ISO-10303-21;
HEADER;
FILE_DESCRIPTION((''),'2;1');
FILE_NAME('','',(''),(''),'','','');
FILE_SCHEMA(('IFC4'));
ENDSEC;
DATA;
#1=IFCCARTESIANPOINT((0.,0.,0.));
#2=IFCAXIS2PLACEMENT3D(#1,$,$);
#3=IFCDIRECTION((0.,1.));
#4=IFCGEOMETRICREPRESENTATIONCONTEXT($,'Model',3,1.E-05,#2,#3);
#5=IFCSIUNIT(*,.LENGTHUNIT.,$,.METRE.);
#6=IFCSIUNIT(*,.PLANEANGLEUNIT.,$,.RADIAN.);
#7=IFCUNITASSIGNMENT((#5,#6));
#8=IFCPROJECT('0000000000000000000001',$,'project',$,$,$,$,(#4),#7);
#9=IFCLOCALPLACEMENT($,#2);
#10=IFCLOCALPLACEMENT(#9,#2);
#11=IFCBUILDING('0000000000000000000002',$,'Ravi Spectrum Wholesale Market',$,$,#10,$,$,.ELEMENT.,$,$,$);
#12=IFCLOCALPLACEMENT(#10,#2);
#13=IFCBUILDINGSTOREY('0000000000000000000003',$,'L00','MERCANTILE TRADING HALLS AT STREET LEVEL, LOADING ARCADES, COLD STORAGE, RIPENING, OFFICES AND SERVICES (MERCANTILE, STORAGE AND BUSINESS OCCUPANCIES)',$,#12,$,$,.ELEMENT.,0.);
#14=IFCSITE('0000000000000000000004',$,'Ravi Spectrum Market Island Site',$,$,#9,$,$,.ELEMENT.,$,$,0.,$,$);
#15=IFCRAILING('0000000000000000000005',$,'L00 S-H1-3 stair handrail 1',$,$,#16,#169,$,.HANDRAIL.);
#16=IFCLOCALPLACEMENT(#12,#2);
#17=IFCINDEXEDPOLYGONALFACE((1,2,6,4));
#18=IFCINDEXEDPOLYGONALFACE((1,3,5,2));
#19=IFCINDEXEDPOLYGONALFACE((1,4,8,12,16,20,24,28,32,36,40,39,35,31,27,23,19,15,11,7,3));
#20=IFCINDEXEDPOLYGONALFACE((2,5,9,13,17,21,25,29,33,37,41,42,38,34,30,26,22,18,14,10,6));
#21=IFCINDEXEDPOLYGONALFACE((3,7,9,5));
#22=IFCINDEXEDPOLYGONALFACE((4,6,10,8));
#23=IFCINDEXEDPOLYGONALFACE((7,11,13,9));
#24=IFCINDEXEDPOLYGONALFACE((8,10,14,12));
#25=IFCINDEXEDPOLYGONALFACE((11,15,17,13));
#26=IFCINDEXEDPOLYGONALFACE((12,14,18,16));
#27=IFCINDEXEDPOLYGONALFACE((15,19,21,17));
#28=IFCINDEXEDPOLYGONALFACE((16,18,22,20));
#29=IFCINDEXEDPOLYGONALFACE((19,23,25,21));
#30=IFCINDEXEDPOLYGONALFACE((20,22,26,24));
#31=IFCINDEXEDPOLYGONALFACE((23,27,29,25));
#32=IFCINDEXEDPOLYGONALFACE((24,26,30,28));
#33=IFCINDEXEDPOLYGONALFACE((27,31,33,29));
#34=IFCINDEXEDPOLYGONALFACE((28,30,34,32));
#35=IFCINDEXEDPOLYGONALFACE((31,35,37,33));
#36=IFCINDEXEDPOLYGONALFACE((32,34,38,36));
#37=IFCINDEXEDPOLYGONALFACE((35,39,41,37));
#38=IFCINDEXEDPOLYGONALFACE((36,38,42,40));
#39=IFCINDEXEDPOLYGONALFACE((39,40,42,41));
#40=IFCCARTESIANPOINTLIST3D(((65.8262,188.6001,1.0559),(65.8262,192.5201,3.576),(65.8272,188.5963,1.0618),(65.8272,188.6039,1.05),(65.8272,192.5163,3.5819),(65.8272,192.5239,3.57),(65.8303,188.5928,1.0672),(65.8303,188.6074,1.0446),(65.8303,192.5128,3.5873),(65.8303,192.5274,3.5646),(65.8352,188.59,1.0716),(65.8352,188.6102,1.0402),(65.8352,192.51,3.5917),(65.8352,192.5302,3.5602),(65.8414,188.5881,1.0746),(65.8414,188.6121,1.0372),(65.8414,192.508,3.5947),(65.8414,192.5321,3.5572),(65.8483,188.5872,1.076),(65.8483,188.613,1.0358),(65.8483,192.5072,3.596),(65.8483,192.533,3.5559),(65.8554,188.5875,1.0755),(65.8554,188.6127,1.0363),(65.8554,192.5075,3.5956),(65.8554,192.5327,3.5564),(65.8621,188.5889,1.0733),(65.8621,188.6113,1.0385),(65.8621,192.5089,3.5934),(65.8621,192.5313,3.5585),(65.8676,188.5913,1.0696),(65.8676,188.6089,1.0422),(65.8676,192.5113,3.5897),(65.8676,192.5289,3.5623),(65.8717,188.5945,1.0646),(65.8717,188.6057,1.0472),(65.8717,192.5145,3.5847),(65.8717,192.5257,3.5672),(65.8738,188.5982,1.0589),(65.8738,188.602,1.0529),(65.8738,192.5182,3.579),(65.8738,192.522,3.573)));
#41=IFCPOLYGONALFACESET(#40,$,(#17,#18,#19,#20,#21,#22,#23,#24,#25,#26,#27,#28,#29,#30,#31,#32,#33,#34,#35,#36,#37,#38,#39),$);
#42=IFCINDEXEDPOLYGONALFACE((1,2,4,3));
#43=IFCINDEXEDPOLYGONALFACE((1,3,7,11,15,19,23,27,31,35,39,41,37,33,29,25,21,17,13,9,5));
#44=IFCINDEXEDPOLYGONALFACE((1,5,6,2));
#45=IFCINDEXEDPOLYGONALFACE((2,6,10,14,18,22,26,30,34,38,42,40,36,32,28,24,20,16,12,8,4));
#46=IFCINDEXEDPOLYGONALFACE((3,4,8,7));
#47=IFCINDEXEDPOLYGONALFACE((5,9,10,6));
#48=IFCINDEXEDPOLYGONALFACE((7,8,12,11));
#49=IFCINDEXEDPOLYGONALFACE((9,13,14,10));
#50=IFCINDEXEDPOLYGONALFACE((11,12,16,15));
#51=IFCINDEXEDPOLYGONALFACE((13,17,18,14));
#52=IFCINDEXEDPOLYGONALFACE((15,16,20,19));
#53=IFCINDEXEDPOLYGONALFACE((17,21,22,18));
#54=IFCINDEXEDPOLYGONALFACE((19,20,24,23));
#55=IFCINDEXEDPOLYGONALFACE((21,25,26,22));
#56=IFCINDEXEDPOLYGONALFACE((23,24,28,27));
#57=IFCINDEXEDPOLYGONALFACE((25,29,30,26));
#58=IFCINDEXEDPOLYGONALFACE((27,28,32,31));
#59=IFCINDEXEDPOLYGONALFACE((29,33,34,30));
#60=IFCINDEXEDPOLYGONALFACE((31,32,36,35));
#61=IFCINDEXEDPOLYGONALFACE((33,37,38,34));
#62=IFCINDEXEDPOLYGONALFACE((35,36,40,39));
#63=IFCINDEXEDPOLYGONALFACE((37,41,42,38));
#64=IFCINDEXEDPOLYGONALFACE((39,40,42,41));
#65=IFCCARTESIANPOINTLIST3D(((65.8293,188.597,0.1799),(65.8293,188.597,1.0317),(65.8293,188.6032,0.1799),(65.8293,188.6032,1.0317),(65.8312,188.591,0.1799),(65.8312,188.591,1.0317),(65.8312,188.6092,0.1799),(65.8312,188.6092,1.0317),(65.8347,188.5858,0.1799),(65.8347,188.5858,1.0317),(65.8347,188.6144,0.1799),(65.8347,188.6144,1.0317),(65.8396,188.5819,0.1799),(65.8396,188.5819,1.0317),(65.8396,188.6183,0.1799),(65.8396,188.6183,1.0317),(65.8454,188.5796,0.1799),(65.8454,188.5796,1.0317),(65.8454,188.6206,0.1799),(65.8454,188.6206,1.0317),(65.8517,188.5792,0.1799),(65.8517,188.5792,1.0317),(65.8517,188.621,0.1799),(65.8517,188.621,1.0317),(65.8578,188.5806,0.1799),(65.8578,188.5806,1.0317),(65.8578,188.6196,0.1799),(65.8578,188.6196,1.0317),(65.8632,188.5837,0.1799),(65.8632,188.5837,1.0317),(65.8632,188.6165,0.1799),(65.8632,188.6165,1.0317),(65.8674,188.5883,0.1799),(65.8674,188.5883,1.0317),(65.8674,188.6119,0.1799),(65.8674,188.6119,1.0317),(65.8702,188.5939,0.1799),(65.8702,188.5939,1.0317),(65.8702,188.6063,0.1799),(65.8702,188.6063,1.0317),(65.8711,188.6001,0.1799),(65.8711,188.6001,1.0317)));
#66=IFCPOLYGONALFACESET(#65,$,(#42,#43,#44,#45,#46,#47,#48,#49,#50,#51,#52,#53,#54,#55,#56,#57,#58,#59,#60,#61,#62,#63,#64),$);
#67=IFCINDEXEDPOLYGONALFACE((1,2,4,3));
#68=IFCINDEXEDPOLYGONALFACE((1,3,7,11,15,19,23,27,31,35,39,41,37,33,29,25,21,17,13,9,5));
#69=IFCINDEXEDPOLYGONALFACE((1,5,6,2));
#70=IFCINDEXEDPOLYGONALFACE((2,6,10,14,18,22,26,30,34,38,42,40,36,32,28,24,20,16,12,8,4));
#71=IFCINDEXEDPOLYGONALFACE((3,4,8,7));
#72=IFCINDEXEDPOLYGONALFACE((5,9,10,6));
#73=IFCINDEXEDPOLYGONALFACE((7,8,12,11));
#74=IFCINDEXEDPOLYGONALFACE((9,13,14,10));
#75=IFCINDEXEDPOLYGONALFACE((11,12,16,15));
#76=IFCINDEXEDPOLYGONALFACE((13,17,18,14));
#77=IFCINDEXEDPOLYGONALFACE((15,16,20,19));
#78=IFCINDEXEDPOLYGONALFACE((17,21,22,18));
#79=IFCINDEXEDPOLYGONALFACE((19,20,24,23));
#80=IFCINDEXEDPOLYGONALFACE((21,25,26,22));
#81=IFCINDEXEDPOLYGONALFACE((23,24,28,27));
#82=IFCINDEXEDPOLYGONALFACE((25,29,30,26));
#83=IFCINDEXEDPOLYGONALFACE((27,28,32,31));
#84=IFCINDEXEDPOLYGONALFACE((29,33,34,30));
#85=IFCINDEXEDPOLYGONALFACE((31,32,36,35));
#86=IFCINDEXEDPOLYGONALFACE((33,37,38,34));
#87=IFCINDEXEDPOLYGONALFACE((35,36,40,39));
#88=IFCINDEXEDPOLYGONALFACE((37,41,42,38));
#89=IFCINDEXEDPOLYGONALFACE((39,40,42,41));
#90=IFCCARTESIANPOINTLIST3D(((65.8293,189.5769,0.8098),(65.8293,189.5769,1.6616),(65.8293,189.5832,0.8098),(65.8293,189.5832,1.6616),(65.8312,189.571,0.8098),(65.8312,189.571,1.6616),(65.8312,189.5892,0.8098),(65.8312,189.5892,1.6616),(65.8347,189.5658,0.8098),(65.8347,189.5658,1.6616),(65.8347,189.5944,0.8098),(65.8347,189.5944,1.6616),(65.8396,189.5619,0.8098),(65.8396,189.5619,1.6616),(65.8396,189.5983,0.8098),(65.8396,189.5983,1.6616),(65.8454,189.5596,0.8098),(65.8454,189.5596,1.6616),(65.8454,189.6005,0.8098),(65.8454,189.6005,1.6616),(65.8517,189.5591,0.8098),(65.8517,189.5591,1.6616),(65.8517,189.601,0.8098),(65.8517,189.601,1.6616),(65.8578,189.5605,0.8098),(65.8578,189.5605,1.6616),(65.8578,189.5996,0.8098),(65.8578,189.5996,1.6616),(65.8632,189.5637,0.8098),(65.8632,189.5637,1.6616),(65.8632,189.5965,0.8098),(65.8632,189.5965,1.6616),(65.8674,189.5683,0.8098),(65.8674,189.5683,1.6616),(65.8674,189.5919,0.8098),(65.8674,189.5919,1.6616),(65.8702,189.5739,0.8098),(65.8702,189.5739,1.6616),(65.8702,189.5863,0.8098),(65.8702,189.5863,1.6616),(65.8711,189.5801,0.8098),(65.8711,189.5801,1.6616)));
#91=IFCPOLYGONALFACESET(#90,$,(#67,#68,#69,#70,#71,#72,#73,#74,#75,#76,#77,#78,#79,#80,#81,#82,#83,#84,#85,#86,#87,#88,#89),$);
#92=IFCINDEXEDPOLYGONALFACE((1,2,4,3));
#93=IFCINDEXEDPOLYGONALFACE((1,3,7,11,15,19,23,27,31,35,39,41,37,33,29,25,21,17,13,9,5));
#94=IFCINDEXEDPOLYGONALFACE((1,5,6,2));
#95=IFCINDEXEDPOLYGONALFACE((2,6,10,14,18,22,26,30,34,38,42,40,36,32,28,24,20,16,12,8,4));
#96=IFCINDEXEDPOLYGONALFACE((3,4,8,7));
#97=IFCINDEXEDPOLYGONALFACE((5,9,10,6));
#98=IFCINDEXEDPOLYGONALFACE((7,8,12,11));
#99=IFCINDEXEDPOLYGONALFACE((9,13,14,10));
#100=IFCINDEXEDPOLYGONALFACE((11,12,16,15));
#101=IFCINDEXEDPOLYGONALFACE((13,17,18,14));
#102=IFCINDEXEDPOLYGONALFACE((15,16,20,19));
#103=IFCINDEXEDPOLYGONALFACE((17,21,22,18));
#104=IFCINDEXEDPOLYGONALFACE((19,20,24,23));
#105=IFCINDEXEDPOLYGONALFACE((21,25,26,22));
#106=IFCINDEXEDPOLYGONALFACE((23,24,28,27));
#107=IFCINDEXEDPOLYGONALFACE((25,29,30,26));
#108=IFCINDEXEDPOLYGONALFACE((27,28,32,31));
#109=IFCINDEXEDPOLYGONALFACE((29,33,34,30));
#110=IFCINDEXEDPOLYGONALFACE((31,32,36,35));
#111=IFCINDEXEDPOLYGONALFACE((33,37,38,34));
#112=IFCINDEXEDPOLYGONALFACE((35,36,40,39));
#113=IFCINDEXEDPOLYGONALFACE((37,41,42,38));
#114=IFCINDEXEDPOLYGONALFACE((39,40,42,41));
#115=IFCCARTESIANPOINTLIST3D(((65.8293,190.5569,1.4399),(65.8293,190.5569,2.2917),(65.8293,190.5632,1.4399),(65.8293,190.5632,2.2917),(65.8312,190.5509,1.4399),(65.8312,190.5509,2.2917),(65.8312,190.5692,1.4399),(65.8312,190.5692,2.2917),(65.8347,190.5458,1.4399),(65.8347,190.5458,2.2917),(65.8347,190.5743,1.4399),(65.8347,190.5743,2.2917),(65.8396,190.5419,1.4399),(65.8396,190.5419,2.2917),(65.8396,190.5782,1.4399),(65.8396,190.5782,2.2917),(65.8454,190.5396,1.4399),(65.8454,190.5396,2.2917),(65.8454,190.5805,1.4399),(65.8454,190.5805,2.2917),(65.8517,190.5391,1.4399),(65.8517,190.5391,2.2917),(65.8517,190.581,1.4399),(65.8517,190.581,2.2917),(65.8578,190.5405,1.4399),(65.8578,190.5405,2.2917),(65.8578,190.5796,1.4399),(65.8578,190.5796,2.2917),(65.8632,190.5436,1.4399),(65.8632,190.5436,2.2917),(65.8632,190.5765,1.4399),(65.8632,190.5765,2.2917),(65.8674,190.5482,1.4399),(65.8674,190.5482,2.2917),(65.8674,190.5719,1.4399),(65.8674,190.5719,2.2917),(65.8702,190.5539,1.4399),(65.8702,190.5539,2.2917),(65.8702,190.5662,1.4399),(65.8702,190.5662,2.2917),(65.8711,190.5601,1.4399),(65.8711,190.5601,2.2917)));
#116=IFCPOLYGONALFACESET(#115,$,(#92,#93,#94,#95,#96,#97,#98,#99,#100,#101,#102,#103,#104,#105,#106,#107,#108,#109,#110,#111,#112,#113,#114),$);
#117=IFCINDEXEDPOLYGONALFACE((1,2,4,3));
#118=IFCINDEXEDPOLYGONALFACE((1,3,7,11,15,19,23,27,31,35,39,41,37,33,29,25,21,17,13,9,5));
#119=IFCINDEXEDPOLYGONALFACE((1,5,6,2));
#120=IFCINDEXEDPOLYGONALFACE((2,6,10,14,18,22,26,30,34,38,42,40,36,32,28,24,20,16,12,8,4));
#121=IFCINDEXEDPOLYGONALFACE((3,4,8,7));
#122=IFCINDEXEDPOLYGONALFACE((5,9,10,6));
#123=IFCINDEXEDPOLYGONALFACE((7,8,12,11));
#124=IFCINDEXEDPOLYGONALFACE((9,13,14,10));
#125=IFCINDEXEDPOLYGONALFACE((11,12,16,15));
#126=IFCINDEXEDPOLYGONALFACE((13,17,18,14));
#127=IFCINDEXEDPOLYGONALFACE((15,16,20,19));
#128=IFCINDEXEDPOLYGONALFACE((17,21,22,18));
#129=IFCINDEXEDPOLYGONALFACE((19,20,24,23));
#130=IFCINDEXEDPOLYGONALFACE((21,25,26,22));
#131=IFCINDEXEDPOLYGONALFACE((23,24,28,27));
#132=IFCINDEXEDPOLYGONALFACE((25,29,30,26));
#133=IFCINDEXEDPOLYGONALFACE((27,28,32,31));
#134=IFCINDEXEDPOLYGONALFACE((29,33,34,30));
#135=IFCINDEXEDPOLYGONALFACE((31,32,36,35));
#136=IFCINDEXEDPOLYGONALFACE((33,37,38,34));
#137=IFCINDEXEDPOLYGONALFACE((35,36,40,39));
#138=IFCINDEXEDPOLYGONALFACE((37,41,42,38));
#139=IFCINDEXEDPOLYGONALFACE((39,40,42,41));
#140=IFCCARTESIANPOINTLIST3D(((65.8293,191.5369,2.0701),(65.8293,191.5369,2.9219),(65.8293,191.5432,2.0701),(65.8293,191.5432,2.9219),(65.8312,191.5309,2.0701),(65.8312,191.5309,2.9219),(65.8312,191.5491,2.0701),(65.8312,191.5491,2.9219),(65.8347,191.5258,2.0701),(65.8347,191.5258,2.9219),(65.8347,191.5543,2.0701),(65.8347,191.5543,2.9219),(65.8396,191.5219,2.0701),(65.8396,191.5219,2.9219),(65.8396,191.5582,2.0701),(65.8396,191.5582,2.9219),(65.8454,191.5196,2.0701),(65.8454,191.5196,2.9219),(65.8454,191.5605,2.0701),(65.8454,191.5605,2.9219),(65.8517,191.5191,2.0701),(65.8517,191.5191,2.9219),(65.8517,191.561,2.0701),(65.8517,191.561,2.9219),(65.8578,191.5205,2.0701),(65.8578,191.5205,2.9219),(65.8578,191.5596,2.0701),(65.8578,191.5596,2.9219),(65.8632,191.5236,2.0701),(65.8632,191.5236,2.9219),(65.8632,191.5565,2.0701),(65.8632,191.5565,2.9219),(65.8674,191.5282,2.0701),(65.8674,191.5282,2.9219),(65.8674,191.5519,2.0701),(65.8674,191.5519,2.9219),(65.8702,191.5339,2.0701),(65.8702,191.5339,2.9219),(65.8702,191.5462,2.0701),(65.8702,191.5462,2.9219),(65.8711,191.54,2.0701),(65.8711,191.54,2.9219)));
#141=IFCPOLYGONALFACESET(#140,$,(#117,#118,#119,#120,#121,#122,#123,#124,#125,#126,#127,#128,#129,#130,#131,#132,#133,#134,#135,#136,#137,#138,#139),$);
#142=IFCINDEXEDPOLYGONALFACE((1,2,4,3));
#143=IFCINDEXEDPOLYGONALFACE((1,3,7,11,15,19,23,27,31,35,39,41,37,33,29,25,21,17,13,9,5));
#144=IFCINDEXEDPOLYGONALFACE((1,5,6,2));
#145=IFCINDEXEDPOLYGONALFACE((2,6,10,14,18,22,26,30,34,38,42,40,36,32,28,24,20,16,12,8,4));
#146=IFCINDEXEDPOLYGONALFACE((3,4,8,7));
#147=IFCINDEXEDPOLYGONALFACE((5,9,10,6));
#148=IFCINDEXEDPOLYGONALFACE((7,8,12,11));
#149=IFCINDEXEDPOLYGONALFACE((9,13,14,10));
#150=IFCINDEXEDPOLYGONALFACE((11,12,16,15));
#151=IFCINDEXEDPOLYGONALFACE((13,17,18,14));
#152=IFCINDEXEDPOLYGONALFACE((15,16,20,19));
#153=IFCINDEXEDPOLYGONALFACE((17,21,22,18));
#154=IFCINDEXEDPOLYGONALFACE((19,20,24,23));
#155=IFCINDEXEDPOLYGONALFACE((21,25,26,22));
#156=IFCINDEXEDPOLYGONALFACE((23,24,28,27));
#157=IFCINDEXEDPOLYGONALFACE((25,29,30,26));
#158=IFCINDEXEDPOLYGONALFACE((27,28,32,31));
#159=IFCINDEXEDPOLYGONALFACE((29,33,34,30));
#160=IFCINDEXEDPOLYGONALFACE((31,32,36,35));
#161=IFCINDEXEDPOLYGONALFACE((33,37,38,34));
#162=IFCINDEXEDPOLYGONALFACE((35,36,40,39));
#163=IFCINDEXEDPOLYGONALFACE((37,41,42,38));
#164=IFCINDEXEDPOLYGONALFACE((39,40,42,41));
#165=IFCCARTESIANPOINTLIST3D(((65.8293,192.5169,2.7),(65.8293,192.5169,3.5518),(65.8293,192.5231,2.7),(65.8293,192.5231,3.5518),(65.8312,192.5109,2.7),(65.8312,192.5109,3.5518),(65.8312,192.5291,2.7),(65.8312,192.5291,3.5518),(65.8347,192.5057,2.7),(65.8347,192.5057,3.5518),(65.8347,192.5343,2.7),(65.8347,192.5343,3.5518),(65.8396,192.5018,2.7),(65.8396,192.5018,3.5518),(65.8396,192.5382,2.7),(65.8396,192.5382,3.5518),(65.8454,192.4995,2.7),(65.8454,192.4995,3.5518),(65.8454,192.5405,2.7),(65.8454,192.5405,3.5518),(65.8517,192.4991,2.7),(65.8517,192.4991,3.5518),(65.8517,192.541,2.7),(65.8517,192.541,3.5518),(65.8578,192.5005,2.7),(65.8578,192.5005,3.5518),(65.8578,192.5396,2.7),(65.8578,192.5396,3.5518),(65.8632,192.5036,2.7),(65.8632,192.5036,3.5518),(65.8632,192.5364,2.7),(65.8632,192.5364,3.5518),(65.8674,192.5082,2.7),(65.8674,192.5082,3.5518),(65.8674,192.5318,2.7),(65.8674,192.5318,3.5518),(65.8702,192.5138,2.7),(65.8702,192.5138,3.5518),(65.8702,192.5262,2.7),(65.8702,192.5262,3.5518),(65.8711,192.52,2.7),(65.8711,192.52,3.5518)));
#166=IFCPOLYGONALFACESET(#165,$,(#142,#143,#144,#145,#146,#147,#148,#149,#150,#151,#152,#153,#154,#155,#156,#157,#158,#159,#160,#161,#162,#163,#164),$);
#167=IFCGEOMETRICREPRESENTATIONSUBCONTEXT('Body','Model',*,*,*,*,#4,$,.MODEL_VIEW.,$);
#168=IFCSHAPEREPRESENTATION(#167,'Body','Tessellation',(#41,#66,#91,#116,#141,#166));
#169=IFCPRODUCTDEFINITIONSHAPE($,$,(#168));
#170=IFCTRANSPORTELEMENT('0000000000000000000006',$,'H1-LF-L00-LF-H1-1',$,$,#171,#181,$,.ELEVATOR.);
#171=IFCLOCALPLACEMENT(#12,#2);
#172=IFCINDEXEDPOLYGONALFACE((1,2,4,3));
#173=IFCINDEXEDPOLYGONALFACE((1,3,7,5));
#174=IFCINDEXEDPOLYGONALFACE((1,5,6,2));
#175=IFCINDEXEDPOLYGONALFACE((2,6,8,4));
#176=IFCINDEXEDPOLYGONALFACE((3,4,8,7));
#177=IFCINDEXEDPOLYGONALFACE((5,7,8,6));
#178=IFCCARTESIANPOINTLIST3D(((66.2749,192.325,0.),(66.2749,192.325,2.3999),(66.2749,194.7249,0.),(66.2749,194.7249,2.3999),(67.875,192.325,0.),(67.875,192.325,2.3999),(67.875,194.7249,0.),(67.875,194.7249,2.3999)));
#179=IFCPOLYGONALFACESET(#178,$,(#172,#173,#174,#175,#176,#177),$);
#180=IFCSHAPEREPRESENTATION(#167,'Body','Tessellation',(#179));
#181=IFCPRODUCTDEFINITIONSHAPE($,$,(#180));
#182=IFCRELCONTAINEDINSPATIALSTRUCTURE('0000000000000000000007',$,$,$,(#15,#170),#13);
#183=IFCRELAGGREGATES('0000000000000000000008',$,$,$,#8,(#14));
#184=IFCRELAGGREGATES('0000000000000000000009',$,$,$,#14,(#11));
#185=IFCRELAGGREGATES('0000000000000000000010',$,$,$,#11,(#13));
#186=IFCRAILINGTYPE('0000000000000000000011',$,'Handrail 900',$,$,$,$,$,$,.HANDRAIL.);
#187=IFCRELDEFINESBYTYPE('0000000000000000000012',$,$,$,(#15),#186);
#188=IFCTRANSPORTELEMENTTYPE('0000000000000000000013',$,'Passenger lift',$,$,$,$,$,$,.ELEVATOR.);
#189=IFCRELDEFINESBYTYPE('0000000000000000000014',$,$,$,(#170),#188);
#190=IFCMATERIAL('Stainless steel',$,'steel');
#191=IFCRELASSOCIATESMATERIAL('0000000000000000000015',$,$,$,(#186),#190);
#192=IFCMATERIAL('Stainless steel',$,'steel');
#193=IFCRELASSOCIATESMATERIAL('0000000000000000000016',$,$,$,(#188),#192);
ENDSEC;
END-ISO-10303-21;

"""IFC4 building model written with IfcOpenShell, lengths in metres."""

from ifc_helpers import new_model, si_unit, direction, frame, origin, origin_2d, place, context, subcontext, project, spatial, rectangle, circle, extrude, material, type_object, element, save


model = new_model("IFC4")

# Units and contexts
model_context = context("Model", 3, precision=1e-05, world=origin(), true_north=direction((0.0, 1.0)))
body_context = subcontext(model_context, "Body", "Model", "MODEL_VIEW")
ifc_project = project(units=[si_unit("LENGTHUNIT", "METRE"), si_unit("PLANEANGLEUNIT", "RADIAN")], contexts=[model_context])

# Site, building, storey
site_placement = place(None, origin())
site = spatial("IfcSite", under=ifc_project, at=site_placement, Name="Ravi Spectrum Market Island Site", CompositionType="ELEMENT", RefElevation=0.0)
building_placement = place(site_placement, origin())
building = spatial("IfcBuilding", under=site, at=building_placement, Name="Ravi Spectrum Wholesale Market", CompositionType="ELEMENT")
storey_placement = place(building_placement, origin())
storey = spatial("IfcBuildingStorey", under=building, at=storey_placement, Name="L00", Description="MERCANTILE TRADING HALLS AT STREET LEVEL, LOADING ARCADES, COLD STORAGE, RIPENING, OFFICES AND SERVICES (MERCANTILE, STORAGE AND BUSINESS OCCUPANCIES)", CompositionType="ELEMENT", Elevation=0.0)

# Railing
ifc_material_1 = material(Name="Stainless steel", Category="steel")
railing_type = type_object("IfcRailingType", Name="Handrail 900", PredefinedType="HANDRAIL", material=ifc_material_1)
railing_1_placement = place(storey_placement, frame((65.8501, 188.6001, 0.1799)))
element("IfcRailing", 1, at=railing_1_placement, inside=storey, type_object=railing_type, Name="L00 S-H1-3 stair handrail 1", PredefinedType="HANDRAIL", context=body_context, shape_type="SweptSolid", body=[
    extrude(circle(Radius=0.0239, at=origin_2d()), frame((0.0, 0.0, 0.876), z_axis=(0.0, 0.841172, 0.540768), x_axis=(-1.0, 0.0, 0.0)), (0.0, 0.0, 1.0), 4.6602),
    extrude(circle(Radius=0.021, at=origin_2d()), origin(), (0.0, 0.0, 1.0), 0.8518),
    extrude(circle(Radius=0.021, at=origin_2d()), frame((0.0, 0.98, 0.6299)), (0.0, 0.0, 1.0), 0.8518),
    extrude(circle(Radius=0.021, at=origin_2d()), frame((0.0, 1.96, 1.26)), (0.0, 0.0, 1.0), 0.8518),
    extrude(circle(Radius=0.021, at=origin_2d()), frame((0.0, 2.9399, 1.8901)), (0.0, 0.0, 1.0), 0.8518),
    extrude(circle(Radius=0.021, at=origin_2d()), frame((0.0, 3.9199, 2.52)), (0.0, 0.0, 1.0), 0.8518),
])

# Transport element
ifc_material_2 = material(Name="Stainless steel", Category="steel")
transport_element_type = type_object("IfcTransportElementType", Name="Passenger lift", PredefinedType="ELEVATOR", material=ifc_material_2)
transport_element_placement = place(storey_placement, frame((67.075, 193.5249, 0.0), z_axis=(0.0, 0.0, 1.0), x_axis=(1.0, 0.0, 0.0)))
element("IfcTransportElement", 2, at=transport_element_placement, inside=storey, type_object=transport_element_type, Name="H1-LF-L00-LF-H1-1", PredefinedType="ELEVATOR", context=body_context, shape_type="SweptSolid", body=[
    extrude(rectangle(XDim=1.6001, YDim=2.3999, at=origin_2d()), origin(), (0.0, 0.0, 1.0), 2.3999),
])

save(model, "model.ifc")
